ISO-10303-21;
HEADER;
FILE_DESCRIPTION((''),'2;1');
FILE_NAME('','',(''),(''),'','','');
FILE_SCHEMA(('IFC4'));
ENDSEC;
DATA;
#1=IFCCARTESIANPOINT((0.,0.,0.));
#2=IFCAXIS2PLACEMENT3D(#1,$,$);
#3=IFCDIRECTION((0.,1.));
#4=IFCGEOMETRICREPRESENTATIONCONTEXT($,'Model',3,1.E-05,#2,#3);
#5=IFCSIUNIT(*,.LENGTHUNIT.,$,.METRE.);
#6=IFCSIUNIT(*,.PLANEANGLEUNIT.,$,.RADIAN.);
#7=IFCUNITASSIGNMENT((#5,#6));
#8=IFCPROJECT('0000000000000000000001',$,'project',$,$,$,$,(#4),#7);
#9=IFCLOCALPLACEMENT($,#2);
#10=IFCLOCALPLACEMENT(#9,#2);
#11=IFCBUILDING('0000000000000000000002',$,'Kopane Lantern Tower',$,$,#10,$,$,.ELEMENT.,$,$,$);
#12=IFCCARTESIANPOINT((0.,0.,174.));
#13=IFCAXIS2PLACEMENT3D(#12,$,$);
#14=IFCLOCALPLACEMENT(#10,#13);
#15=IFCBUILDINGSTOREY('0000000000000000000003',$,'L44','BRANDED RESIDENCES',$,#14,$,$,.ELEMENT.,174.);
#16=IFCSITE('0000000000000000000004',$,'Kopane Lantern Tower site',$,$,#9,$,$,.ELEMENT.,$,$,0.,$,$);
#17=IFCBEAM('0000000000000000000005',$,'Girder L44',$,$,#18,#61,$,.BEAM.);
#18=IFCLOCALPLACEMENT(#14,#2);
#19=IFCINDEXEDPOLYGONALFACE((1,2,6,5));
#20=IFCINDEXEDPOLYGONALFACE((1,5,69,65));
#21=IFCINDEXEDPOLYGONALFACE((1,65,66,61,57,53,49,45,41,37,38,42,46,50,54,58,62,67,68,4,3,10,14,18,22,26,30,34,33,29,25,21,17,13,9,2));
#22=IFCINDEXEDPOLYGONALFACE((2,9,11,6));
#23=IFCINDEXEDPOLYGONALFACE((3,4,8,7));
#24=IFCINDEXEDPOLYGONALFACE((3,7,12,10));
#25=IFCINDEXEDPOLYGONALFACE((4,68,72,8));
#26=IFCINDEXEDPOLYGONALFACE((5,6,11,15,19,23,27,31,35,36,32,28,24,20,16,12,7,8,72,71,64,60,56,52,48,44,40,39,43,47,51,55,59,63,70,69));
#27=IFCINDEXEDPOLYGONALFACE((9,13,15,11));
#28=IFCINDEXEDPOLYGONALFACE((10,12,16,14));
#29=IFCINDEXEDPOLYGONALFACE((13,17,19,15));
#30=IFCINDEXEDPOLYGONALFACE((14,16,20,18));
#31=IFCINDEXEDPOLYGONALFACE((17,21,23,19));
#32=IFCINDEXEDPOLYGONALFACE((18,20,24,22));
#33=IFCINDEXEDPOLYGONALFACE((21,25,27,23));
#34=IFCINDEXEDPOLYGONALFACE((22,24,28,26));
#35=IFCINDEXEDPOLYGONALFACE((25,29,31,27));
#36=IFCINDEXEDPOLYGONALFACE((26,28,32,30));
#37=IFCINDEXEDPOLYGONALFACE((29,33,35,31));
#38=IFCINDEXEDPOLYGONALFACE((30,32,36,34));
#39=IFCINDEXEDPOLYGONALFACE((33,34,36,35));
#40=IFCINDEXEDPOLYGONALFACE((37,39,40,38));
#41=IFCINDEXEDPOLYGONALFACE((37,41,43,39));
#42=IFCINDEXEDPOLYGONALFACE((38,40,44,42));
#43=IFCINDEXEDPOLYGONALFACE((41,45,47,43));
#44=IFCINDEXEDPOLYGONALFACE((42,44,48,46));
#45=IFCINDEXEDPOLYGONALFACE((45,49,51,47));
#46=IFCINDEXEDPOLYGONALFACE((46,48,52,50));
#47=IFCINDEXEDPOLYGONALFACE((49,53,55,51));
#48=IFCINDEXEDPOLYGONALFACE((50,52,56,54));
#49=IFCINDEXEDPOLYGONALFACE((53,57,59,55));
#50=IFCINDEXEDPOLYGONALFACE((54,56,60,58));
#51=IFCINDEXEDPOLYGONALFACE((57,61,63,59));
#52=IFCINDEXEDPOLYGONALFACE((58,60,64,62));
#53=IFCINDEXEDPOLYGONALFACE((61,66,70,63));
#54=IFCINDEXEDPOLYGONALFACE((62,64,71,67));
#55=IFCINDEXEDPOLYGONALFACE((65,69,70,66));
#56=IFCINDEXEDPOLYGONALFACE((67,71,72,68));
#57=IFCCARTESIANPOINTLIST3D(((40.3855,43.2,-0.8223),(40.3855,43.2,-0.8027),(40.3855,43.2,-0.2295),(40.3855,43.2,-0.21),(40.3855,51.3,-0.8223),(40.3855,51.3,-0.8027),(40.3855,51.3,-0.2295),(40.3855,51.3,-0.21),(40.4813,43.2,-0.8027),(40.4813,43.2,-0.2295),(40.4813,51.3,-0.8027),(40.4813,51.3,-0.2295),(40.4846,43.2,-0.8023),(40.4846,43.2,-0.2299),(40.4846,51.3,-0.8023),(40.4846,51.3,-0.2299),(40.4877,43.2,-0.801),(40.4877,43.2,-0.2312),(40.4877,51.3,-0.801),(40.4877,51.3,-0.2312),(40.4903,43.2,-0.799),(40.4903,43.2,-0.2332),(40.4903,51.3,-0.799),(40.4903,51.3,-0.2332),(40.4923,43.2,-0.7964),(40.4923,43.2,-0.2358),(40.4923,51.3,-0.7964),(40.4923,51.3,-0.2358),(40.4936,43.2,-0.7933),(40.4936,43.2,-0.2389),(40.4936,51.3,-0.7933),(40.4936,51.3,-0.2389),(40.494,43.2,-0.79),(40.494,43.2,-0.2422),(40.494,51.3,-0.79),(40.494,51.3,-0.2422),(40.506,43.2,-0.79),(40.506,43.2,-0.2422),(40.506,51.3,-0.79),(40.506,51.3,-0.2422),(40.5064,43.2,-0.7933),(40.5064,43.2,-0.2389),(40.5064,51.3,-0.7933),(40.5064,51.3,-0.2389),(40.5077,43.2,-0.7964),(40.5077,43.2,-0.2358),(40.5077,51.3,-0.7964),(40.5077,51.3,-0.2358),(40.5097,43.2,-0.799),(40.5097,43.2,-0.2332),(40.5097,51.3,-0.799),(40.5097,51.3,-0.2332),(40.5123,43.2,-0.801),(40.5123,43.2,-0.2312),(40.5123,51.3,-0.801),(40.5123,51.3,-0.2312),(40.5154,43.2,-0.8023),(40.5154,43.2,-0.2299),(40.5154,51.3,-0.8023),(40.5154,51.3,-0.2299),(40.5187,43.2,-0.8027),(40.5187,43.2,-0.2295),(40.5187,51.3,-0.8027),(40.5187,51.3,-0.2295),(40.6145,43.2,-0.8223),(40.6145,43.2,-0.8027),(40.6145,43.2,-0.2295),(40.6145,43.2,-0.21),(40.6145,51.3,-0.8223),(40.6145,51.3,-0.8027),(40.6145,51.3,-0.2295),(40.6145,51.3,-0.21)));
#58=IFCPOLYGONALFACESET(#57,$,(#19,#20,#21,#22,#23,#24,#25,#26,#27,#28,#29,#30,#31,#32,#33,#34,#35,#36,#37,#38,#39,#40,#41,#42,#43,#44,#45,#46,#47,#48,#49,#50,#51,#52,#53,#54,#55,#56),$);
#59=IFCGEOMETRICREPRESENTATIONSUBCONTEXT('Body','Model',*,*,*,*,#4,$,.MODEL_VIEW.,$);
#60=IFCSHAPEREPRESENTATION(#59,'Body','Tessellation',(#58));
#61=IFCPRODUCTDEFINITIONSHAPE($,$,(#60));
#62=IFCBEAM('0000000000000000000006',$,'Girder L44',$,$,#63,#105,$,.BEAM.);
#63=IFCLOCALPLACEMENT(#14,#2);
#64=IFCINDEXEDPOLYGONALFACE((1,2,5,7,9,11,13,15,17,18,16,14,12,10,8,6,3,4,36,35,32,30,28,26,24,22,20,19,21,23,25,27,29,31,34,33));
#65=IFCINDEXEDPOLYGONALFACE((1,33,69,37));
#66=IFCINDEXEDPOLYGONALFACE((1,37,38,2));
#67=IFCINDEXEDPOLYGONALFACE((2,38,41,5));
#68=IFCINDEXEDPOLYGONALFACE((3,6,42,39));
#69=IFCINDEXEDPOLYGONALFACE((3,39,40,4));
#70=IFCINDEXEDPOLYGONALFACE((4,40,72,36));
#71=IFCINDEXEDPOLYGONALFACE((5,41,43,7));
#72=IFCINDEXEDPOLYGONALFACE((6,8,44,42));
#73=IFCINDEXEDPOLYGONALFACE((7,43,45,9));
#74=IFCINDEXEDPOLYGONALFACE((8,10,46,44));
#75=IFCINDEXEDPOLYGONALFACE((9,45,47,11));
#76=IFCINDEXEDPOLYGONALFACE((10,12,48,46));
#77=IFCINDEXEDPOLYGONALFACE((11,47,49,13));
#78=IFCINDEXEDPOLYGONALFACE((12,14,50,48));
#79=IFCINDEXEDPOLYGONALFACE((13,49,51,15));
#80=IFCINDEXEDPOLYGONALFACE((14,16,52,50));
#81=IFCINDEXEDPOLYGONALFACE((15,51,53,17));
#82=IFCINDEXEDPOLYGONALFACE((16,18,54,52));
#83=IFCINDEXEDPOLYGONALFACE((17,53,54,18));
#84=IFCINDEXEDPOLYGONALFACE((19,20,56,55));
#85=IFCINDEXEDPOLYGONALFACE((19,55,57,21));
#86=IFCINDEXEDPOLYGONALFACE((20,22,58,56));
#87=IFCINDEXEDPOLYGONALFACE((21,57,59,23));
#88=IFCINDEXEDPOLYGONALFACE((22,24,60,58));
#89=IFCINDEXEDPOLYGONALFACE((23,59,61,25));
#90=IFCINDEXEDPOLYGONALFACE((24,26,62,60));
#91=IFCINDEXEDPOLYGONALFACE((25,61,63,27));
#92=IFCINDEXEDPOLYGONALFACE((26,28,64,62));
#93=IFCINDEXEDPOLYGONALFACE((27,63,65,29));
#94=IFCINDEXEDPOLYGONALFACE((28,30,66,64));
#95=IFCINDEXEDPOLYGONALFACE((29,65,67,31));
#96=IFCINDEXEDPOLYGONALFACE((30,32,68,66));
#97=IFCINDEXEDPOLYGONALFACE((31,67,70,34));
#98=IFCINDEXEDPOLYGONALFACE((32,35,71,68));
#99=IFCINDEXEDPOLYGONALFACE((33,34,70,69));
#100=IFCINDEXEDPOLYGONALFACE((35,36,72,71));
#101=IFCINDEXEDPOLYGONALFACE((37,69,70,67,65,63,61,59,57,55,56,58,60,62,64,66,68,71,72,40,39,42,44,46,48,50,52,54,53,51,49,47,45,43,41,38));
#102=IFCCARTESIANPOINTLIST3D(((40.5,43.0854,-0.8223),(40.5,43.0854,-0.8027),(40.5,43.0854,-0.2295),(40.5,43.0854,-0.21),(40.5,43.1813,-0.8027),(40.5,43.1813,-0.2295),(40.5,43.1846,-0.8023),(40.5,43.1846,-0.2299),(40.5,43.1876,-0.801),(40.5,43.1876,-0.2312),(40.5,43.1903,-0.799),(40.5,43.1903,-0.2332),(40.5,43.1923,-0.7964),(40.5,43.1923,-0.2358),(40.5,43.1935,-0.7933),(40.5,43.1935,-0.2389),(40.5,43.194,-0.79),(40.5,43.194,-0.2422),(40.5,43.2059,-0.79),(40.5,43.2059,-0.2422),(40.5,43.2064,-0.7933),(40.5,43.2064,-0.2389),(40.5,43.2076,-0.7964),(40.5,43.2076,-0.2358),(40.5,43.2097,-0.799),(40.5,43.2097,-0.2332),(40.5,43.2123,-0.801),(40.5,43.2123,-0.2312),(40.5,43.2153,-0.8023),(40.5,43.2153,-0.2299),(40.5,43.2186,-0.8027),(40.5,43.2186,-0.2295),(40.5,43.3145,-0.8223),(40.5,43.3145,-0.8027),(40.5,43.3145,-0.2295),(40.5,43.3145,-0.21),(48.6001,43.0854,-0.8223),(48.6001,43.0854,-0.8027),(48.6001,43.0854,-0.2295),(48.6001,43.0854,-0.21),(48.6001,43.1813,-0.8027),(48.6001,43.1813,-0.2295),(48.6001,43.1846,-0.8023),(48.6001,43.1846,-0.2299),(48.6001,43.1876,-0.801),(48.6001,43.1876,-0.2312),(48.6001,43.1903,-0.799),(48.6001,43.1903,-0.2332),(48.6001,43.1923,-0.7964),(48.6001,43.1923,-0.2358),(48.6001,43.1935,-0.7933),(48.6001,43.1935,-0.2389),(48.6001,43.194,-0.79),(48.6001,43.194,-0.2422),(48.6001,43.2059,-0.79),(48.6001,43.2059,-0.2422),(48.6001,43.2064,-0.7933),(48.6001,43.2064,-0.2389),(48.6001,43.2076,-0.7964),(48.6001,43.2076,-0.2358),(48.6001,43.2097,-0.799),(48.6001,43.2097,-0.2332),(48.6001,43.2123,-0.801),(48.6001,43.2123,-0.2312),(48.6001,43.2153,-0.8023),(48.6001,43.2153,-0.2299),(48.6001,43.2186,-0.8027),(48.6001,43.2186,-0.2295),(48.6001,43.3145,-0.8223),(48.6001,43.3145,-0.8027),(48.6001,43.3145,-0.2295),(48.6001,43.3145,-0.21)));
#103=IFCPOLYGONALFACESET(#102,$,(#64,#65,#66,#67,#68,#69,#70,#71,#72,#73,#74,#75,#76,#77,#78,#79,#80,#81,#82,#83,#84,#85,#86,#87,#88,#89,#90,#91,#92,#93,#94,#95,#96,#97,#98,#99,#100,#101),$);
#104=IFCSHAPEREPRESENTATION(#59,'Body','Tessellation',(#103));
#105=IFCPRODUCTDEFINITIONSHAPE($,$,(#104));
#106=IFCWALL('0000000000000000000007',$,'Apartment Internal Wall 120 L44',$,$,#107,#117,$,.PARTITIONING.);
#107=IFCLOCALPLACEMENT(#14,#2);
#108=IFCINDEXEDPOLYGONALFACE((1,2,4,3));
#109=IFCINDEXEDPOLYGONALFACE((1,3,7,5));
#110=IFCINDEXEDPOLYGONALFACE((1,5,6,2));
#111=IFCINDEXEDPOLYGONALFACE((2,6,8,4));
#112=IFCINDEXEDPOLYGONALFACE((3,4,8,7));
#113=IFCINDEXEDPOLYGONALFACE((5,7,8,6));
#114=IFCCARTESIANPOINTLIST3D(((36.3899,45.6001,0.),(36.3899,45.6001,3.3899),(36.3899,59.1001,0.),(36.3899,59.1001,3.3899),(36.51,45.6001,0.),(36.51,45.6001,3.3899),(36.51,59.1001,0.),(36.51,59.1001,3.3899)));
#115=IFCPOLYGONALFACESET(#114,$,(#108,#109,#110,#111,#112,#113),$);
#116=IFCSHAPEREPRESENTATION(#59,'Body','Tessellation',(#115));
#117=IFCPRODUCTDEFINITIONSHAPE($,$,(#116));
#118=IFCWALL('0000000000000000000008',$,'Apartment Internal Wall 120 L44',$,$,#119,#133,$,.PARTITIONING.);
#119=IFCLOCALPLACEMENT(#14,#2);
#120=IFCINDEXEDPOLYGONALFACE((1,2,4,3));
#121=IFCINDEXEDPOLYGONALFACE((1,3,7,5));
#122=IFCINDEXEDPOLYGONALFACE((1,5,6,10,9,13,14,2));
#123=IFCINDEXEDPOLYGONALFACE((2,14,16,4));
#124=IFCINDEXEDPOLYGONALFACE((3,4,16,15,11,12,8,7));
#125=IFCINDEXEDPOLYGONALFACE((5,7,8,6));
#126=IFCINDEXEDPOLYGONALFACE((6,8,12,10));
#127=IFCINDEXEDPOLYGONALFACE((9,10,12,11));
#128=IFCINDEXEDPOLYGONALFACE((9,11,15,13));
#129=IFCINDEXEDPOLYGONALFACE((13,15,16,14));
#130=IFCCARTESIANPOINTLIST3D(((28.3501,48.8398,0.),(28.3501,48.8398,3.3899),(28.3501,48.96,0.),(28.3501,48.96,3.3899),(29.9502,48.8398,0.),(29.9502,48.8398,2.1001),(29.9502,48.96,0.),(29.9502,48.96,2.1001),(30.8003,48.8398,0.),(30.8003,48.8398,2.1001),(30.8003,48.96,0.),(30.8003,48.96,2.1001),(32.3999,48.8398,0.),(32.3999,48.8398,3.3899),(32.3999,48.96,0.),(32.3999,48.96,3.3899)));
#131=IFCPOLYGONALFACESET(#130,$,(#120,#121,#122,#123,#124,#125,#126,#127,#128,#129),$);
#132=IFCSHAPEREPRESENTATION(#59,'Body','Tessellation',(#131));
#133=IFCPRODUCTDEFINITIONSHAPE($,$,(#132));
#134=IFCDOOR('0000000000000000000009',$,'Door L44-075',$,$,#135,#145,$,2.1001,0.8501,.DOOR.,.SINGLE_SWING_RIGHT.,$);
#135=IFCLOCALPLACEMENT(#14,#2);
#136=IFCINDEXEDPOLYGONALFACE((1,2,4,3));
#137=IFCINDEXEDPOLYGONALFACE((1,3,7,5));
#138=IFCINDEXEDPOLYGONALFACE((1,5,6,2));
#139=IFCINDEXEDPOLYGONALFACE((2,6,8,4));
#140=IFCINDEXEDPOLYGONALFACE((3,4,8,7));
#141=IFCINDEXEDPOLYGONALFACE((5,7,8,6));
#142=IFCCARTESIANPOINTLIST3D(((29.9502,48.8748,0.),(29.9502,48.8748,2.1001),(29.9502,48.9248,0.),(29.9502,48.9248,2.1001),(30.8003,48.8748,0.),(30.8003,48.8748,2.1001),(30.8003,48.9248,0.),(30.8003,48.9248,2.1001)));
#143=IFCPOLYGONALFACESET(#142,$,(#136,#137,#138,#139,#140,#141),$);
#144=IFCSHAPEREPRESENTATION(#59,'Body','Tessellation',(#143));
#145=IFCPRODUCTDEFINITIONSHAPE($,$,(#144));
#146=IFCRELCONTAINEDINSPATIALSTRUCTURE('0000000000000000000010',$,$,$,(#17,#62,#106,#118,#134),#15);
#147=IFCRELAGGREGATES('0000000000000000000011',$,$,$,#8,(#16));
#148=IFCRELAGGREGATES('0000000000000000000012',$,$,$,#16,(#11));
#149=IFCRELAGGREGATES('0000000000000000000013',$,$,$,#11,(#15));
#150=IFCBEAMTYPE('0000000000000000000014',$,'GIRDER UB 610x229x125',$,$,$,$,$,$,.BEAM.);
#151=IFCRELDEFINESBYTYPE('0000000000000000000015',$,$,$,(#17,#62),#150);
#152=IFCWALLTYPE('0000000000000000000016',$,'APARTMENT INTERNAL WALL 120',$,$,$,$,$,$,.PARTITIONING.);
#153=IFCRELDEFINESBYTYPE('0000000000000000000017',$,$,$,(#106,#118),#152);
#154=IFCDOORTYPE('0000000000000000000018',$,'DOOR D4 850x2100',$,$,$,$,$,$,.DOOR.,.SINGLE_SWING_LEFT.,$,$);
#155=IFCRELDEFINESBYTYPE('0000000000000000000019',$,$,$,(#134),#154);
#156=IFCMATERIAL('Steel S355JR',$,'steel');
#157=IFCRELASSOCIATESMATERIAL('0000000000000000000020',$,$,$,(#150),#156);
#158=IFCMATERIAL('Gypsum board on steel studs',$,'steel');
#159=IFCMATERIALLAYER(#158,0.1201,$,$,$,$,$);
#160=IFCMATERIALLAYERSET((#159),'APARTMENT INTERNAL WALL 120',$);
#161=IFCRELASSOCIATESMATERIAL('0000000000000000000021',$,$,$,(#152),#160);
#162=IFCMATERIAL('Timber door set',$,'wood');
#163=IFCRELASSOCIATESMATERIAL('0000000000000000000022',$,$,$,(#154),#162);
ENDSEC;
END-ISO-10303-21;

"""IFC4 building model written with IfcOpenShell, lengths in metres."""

from ifc_helpers import new_model, si_unit, direction, frame, frame_2d, origin, origin_2d, place, context, subcontext, project, spatial, rectangle, i_section, extrude, material, layer, layer_set, material_profile, profile_set, type_object, element, fill, save


model = new_model("IFC4")

# Units and contexts
model_context = context("Model", 3, precision=1e-05, world=origin(), true_north=direction((0.0, 1.0)))
body_context = subcontext(model_context, "Body", "Model", "MODEL_VIEW")
ifc_project = project(units=[si_unit("LENGTHUNIT", "METRE"), si_unit("PLANEANGLEUNIT", "RADIAN")], contexts=[model_context])

# Site, building, storey
site_placement = place(None, origin())
site = spatial("IfcSite", under=ifc_project, at=site_placement, Name="Kopane Lantern Tower site", CompositionType="ELEMENT", RefElevation=0.0)
building_placement = place(site_placement, origin())
building = spatial("IfcBuilding", under=site, at=building_placement, Name="Kopane Lantern Tower", CompositionType="ELEMENT")
storey_placement = place(building_placement, frame((0.0, 0.0, 174.0)))
storey = spatial("IfcBuildingStorey", under=building, at=storey_placement, Name="L44", Description="BRANDED RESIDENCES", CompositionType="ELEMENT", Elevation=174.0)

# Beams
ifc_material_1 = material(Name="Steel S355JR", Category="steel")
ifc_material_profile_1 = material_profile(ifc_material_1, i_section(OverallWidth=0.229, OverallDepth=0.6123, WebThickness=0.012, FlangeThickness=0.0195, FilletRadius=0.0127, at=origin_2d()), Name="UB 610x229x125")
ifc_profile_set_1 = profile_set([ifc_material_profile_1], Name="Steel S355JR")
beam_type_1 = type_object("IfcBeamType", Name="GIRDER UB 610x229x125", PredefinedType="BEAM", material=ifc_profile_set_1)
for number, where, z_axis, x_axis, name in (
    (1, (40.5, 43.2, -0.5161), (0.0, 1.0, 0.0), (-1.0, 0.0, 0.0), "Girder L44"),
    (2, (40.5, 43.2, -0.5161), (1.0, 0.0, 0.0), (0.0, 1.0, 0.0), "Girder L44"),
):
    element("IfcBeam", number, at=place(storey_placement, frame(where, z_axis=z_axis, x_axis=x_axis)), inside=storey, type_object=beam_type_1, Name=name, PredefinedType="BEAM", context=body_context, shape_type="SweptSolid", body=[
        extrude(i_section(OverallWidth=0.229, OverallDepth=0.6123, WebThickness=0.012, FlangeThickness=0.0195, FilletRadius=0.0127, at=origin_2d()), origin(), (0.0, 0.0, 1.0), 8.1001),
    ])

# Wall
ifc_material_2 = material(Name="Gypsum board on steel studs", Category="steel")
ifc_layer_1 = layer(ifc_material_2, 0.1201)
ifc_layer_set_1 = layer_set([ifc_layer_1], Name="APARTMENT INTERNAL WALL 120")
wall_type_1 = type_object("IfcWallType", Name="APARTMENT INTERNAL WALL 120", PredefinedType="PARTITIONING", material=ifc_layer_set_1)
wall_1_placement = place(storey_placement, frame((36.45, 45.6001, 0.0), z_axis=(0.0, 0.0, 1.0), x_axis=(0.0, 1.0, 0.0)))
element("IfcWall", 3, at=wall_1_placement, inside=storey, type_object=wall_type_1, Name="Apartment Internal Wall 120 L44", PredefinedType="PARTITIONING", context=body_context, shape_type="SweptSolid", body=[
    extrude(rectangle(XDim=13.5, YDim=0.1201, at=frame_2d((6.75, 0.0))), origin(), (0.0, 0.0, 1.0), 3.3899),
])

# Wall, opening, door
wall_2_placement = place(storey_placement, frame((28.3501, 48.8999, 0.0), z_axis=(0.0, 0.0, 1.0), x_axis=(1.0, 0.0, 0.0)))
wall_2 = element("IfcWall", 4, at=wall_2_placement, inside=storey, type_object=wall_type_1, Name="Apartment Internal Wall 120 L44", PredefinedType="PARTITIONING", context=body_context, shape_type="SweptSolid", body=[
    extrude(rectangle(XDim=4.0498, YDim=0.1201, at=frame_2d((2.0249, 0.0))), origin(), (0.0, 0.0, 1.0), 3.3899),
])
opening_1_placement = place(wall_2_placement, frame((1.6001, 0.0, 0.0)))
opening_1 = element("IfcOpeningElement", 5, at=opening_1_placement, cuts=wall_2, PredefinedType="OPENING", context=body_context, shape_type="SweptSolid", body=[
    extrude(rectangle(XDim=0.8501, YDim=2.1001, at=frame_2d((0.425, 1.05))), frame((0.0, 0.0701, 0.0), z_axis=(0.0, -1.0, 0.0), x_axis=(1.0, 0.0, 0.0)), (0.0, 0.0, 1.0), 0.1401),
])
ifc_material_3 = material(Name="Timber door set", Category="wood")
door_type_1 = type_object("IfcDoorType", Name="DOOR D4 850x2100", OperationType="SINGLE_SWING_LEFT", PredefinedType="DOOR", material=ifc_material_3)
door_1_placement = place(opening_1_placement, origin())
door_1 = element("IfcDoor", 6, at=door_1_placement, inside=storey, type_object=door_type_1, Name="Door L44-075", OperationType="SINGLE_SWING_RIGHT", OverallHeight=2.1001, OverallWidth=0.8501, PredefinedType="DOOR", context=body_context, shape_type="SweptSolid", body=[
    extrude(rectangle(XDim=0.8501, YDim=2.1001, at=frame_2d((0.425, 1.05))), frame((0.0, 0.0249, 0.0), z_axis=(0.0, -1.0, 0.0), x_axis=(1.0, 0.0, 0.0)), (0.0, 0.0, 1.0), 0.05),
])
fill(opening_1, door_1)

save(model, "model.ifc")
